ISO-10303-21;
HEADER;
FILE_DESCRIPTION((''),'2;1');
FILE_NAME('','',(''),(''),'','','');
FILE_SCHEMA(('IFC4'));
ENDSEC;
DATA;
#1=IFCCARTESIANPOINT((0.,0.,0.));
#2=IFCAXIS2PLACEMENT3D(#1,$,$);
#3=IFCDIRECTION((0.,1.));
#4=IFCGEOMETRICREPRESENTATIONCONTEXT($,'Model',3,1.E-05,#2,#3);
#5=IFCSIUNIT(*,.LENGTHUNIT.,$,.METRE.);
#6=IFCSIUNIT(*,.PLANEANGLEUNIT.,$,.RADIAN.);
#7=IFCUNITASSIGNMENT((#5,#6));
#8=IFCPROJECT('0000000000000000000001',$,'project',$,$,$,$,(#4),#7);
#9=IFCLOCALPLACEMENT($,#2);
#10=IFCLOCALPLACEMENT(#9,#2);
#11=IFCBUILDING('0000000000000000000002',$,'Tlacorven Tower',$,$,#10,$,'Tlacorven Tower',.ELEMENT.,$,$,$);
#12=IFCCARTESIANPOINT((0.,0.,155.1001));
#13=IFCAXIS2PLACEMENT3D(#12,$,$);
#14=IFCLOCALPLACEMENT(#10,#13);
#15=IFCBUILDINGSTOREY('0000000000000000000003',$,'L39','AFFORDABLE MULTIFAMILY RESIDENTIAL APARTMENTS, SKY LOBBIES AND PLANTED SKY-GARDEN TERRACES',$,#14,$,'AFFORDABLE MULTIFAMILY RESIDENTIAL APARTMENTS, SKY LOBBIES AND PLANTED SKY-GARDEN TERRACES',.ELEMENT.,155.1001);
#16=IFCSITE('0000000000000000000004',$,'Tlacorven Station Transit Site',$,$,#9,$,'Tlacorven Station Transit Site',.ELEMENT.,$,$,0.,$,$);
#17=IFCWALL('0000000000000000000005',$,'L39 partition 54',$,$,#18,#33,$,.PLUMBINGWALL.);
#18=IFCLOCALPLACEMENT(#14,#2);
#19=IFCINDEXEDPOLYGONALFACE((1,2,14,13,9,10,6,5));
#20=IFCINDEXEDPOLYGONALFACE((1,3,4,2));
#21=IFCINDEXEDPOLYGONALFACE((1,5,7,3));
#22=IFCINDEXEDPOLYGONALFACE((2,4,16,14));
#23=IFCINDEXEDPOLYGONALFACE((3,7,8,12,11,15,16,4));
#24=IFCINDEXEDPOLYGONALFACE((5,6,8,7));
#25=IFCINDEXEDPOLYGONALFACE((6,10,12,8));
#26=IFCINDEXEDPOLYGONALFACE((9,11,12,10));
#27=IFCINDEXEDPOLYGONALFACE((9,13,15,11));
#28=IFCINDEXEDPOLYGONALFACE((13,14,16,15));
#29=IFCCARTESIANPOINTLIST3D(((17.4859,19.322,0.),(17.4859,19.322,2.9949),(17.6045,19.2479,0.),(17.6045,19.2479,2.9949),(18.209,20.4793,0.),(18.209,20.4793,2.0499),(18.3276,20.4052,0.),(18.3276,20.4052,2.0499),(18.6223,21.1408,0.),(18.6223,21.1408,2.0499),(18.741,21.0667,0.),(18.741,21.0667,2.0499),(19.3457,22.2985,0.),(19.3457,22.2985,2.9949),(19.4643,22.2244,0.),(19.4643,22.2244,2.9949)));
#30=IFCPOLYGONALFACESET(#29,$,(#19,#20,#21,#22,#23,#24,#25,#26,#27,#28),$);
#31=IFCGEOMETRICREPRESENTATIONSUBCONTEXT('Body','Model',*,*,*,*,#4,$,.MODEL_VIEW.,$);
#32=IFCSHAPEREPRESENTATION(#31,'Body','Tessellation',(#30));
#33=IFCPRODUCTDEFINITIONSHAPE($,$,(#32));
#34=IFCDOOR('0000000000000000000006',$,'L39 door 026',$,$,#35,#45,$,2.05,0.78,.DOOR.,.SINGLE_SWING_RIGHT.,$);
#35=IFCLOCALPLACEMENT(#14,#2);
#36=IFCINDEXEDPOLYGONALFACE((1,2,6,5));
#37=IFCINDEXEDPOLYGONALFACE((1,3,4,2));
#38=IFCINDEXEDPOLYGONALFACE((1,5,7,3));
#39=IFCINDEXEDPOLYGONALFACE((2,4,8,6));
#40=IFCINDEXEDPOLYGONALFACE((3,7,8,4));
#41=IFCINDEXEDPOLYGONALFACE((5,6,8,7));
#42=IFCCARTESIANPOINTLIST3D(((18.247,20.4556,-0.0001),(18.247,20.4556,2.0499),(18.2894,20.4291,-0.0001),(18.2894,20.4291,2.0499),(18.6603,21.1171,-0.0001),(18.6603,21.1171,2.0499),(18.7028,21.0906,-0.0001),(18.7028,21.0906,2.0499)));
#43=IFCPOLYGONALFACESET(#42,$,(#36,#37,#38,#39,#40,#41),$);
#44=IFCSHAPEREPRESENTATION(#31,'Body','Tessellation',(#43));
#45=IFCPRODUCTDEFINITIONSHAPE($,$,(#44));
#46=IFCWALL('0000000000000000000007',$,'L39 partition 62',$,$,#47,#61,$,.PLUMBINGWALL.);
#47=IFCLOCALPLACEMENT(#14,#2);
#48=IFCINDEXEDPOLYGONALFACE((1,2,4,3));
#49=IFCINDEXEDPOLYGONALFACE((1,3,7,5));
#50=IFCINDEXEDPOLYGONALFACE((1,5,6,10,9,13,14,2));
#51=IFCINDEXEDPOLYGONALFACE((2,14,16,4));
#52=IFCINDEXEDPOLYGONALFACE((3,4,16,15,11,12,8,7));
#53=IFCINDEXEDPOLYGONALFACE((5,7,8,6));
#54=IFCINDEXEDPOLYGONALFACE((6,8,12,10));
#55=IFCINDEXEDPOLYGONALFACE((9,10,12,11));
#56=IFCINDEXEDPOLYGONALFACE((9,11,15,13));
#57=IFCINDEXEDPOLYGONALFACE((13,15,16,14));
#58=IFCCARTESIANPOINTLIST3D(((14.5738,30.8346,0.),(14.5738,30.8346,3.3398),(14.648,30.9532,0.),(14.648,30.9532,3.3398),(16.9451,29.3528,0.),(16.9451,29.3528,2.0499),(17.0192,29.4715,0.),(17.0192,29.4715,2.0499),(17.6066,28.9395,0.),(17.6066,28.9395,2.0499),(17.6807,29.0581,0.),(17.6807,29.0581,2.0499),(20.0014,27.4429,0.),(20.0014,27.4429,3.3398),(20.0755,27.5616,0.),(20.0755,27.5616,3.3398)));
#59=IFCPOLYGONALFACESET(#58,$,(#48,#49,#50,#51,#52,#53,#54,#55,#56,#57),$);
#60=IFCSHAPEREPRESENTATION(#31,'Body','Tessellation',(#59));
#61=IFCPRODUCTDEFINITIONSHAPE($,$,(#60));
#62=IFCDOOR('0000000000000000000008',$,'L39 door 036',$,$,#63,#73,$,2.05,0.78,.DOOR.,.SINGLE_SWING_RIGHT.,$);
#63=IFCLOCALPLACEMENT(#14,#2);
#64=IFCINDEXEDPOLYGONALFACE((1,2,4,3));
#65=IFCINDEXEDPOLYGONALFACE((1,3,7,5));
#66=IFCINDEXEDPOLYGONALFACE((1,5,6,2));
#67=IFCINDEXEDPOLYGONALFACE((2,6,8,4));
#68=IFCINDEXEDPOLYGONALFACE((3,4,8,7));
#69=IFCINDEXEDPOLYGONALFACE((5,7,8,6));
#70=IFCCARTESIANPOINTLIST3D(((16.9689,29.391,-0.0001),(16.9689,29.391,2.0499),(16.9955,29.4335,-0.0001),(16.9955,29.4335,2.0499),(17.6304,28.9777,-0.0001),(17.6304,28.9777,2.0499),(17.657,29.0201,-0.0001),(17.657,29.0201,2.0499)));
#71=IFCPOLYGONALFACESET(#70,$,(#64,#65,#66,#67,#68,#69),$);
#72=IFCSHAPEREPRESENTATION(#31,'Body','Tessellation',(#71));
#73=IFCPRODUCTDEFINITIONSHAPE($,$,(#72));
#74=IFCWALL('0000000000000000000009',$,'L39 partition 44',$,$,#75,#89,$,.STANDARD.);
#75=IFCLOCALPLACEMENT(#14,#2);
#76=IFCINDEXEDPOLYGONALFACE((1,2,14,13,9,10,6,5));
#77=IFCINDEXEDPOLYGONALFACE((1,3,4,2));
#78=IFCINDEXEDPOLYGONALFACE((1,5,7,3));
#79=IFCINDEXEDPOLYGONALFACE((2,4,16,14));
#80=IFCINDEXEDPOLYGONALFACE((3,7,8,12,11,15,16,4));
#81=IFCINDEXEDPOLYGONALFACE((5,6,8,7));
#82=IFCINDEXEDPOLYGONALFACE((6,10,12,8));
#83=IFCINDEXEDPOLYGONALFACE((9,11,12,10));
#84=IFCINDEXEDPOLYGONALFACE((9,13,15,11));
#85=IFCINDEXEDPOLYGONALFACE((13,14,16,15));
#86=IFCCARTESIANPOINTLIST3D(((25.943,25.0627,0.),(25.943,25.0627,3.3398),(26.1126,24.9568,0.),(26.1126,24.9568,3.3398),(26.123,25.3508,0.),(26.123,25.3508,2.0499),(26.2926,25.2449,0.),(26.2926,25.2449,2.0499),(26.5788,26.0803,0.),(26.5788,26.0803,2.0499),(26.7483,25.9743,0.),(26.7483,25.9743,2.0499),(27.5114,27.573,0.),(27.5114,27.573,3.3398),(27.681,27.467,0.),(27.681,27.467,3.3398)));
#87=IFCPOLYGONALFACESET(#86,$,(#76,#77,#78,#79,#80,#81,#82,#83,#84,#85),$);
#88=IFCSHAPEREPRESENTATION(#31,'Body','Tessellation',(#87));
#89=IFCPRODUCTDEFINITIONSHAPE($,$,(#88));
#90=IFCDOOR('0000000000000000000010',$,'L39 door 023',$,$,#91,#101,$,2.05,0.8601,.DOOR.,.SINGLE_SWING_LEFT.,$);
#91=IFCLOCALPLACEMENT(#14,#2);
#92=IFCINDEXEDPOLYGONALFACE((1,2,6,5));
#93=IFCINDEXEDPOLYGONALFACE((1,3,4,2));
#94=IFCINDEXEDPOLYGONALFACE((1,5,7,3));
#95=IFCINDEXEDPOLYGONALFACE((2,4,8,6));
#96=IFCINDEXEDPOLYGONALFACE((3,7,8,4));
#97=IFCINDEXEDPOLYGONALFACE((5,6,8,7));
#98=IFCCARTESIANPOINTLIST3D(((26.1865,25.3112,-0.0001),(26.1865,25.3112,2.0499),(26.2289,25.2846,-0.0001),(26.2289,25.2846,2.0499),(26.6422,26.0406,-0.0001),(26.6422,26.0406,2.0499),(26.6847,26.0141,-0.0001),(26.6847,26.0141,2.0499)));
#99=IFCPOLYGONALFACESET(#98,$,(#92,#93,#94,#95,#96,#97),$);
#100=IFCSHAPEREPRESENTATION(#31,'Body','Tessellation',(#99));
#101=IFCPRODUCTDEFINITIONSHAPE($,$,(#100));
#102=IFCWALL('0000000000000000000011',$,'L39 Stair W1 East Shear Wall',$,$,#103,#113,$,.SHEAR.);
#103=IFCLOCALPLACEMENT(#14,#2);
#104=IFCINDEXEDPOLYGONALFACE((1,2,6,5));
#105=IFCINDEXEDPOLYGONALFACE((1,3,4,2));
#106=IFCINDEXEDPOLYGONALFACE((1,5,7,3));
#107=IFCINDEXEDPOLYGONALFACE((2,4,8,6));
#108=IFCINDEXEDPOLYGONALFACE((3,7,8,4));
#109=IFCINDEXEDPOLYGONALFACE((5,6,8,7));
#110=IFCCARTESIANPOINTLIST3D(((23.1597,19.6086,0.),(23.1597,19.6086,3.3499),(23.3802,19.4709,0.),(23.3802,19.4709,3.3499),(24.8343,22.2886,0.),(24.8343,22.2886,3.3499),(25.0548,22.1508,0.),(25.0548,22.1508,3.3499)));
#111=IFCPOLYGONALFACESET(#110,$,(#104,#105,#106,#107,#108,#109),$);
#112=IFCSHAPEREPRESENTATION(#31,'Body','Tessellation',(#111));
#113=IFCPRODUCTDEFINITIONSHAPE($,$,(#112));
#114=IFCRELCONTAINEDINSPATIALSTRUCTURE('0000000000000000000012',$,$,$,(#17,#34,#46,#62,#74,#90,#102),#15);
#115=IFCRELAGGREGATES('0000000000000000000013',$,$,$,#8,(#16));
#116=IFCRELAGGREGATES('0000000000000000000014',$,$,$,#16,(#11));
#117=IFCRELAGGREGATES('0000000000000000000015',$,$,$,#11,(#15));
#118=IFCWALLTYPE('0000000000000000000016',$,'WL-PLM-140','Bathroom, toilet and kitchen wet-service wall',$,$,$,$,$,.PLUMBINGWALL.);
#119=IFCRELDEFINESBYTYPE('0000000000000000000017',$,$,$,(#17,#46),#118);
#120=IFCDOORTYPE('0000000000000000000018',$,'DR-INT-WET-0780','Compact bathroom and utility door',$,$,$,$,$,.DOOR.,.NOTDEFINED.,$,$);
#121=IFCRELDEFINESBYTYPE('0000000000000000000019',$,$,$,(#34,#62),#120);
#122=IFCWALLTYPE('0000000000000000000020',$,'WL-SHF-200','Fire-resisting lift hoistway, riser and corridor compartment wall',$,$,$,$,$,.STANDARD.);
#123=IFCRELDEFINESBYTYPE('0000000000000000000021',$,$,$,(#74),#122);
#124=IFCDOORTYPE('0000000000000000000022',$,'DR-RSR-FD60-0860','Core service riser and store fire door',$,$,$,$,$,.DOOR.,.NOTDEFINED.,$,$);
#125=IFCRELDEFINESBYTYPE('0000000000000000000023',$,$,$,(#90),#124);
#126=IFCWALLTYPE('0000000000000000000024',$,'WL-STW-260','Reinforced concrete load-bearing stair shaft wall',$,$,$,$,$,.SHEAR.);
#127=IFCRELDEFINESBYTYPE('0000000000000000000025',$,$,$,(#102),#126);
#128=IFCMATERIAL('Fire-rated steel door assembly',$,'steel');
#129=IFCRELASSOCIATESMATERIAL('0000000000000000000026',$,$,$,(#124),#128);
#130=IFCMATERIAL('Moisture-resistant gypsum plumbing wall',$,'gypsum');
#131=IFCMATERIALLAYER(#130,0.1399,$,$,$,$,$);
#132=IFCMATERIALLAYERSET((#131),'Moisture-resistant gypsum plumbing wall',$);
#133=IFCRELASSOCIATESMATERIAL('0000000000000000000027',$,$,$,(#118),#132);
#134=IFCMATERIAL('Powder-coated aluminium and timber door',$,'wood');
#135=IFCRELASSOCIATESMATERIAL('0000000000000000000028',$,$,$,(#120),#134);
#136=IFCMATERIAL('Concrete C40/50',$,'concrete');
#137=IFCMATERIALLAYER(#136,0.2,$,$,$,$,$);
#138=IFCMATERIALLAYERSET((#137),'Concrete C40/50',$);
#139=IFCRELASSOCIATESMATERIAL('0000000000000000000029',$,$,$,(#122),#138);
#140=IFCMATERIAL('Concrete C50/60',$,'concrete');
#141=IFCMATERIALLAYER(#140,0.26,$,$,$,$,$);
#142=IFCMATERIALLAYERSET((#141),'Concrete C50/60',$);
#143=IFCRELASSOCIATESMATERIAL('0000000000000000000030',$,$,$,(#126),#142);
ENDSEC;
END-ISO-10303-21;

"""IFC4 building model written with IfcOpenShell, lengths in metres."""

from ifc_helpers import new_model, si_unit, direction, frame, frame_2d, origin, place, context, subcontext, project, spatial, rectangle, extrude, source, transform, mapped, material, layer, layer_set, type_object, element, fill, save


model = new_model("IFC4")

# Units and contexts
model_context = context("Model", 3, precision=1e-05, world=origin(), true_north=direction((0.0, 1.0)))
body_context = subcontext(model_context, "Body", "Model", "MODEL_VIEW")
ifc_project = project(units=[si_unit("LENGTHUNIT", "METRE"), si_unit("PLANEANGLEUNIT", "RADIAN")], contexts=[model_context])

# Site, building, storey
site_placement = place(None, origin())
site = spatial("IfcSite", under=ifc_project, at=site_placement, Name="Tlacorven Station Transit Site", LongName="Tlacorven Station Transit Site", CompositionType="ELEMENT", RefElevation=0.0)
building_placement = place(site_placement, origin())
building = spatial("IfcBuilding", under=site, at=building_placement, Name="Tlacorven Tower", LongName="Tlacorven Tower", CompositionType="ELEMENT")
storey_placement = place(building_placement, frame((0.0, 0.0, 155.1001)))
storey = spatial("IfcBuildingStorey", under=building, at=storey_placement, Name="L39", Description="AFFORDABLE MULTIFAMILY RESIDENTIAL APARTMENTS, SKY LOBBIES AND PLANTED SKY-GARDEN TERRACES", LongName="AFFORDABLE MULTIFAMILY RESIDENTIAL APARTMENTS, SKY LOBBIES AND PLANTED SKY-GARDEN TERRACES", CompositionType="ELEMENT", Elevation=155.1001)

# Shared definitions
ifc_material_1 = material(Name="Fire-rated steel door assembly", Category="steel")
door_type_1 = type_object("IfcDoorType", Name="DR-RSR-FD60-0860", Description="Core service riser and store fire door", OperationType="NOTDEFINED", PredefinedType="DOOR", material=ifc_material_1)
shared_shape_1 = source(origin(), body_context, "Body", "SweptSolid", [
    extrude(rectangle(XDim=0.8601, YDim=2.05, at=frame_2d((0.4302, 1.0249))), frame((0.0, 0.0249, 0.0), z_axis=(0.0, -1.0, 0.0), x_axis=(1.0, 0.0, 0.0)), (0.0, 0.0, 1.0), 0.05),
])

# Walls, openings, doors
ifc_material_2 = material(Name="Moisture-resistant gypsum plumbing wall", Category="gypsum")
ifc_layer_1 = layer(ifc_material_2, 0.1399)
ifc_layer_set_1 = layer_set([ifc_layer_1], Name="Moisture-resistant gypsum plumbing wall")
wall_type_1 = type_object("IfcWallType", Name="WL-PLM-140", Description="Bathroom, toilet and kitchen wet-service wall", PredefinedType="PLUMBINGWALL", material=ifc_layer_set_1)
wall_1_placement = place(storey_placement, frame((19.405, 22.2615, 0.0), z_axis=(0.0, 0.0, 1.0), x_axis=(-0.529899, -0.848061, 0.0)))
wall_1 = element("IfcWall", 1, at=wall_1_placement, inside=storey, type_object=wall_type_1, Name="L39 partition 54", PredefinedType="PLUMBINGWALL", context=body_context, shape_type="SweptSolid", body=[
    extrude(rectangle(XDim=3.5098, YDim=0.1399, at=frame_2d((1.7549, 0.0))), origin(), (0.0, 0.0, 1.0), 2.9949),
])
opening_1_placement = place(wall_1_placement, frame((1.365, 0.0, 0.0)))
opening_1 = element("IfcOpeningElement", 2, at=opening_1_placement, cuts=wall_1, PredefinedType="OPENING", context=body_context, shape_type="SweptSolid", body=[
    extrude(rectangle(XDim=0.78, YDim=2.05, at=frame_2d((0.3901, 1.0249))), frame((0.0, 0.0801, 0.0), z_axis=(0.0, -1.0, 0.0), x_axis=(1.0, 0.0, 0.0)), (0.0, 0.0, 1.0), 0.1599),
])
ifc_material_3 = material(Name="Powder-coated aluminium and timber door", Category="wood")
door_type_2 = type_object("IfcDoorType", Name="DR-INT-WET-0780", Description="Compact bathroom and utility door", OperationType="NOTDEFINED", PredefinedType="DOOR", material=ifc_material_3)
shared_shape_2 = source(origin(), body_context, "Body", "SweptSolid", [
    extrude(rectangle(XDim=0.78, YDim=2.05, at=frame_2d((0.3901, 1.0249))), frame((0.0, 0.0249, 0.0), z_axis=(0.0, -1.0, 0.0), x_axis=(1.0, 0.0, 0.0)), (0.0, 0.0, 1.0), 0.05),
])
door_1_placement = place(opening_1_placement, origin())
door_1 = element("IfcDoor", 3, at=door_1_placement, inside=storey, type_object=door_type_2, Name="L39 door 026", OperationType="SINGLE_SWING_RIGHT", OverallHeight=2.05, OverallWidth=0.78, PredefinedType="DOOR", context=body_context, shape_type="MappedRepresentation", body=[
    mapped(shared_shape_2, transform((0.0, 0.0, 0.0), scale=1.0)),
])
fill(opening_1, door_1)
wall_2_placement = place(storey_placement, frame((20.0386, 27.5022, 0.0), z_axis=(0.0, 0.0, 1.0), x_axis=(-0.848039, 0.529934, 0.0)))
wall_2 = element("IfcWall", 4, at=wall_2_placement, inside=storey, type_object=wall_type_1, Name="L39 partition 62", PredefinedType="PLUMBINGWALL", context=body_context, shape_type="SweptSolid", body=[
    extrude(rectangle(XDim=6.4001, YDim=0.1399, at=frame_2d((3.2002, 0.0))), origin(), (0.0, 0.0, 1.0), 3.3398),
])
opening_2_placement = place(wall_2_placement, frame((2.824, 0.0, 0.0)))
opening_2 = element("IfcOpeningElement", 5, at=opening_2_placement, cuts=wall_2, PredefinedType="OPENING", context=body_context, shape_type="SweptSolid", body=[
    extrude(rectangle(XDim=0.78, YDim=2.05, at=frame_2d((0.3901, 1.0249))), frame((0.0, 0.0801, 0.0), z_axis=(0.0, -1.0, 0.0), x_axis=(1.0, 0.0, 0.0)), (0.0, 0.0, 1.0), 0.1599),
])
door_2_placement = place(opening_2_placement, origin())
door_2 = element("IfcDoor", 6, at=door_2_placement, inside=storey, type_object=door_type_2, Name="L39 door 036", OperationType="SINGLE_SWING_RIGHT", OverallHeight=2.05, OverallWidth=0.78, PredefinedType="DOOR", context=body_context, shape_type="MappedRepresentation", body=[
    mapped(shared_shape_2, transform((0.0, 0.0, 0.0), scale=1.0)),
])
fill(opening_2, door_2)
ifc_material_4 = material(Name="Concrete C40/50", Category="concrete")
ifc_layer_2 = layer(ifc_material_4, 0.2)
ifc_layer_set_2 = layer_set([ifc_layer_2], Name="Concrete C40/50")
wall_type_2 = type_object("IfcWallType", Name="WL-SHF-200", Description="Fire-resisting lift hoistway, riser and corridor compartment wall", PredefinedType="STANDARD", material=ifc_layer_set_2)
wall_3_placement = place(storey_placement, frame((27.5962, 27.52, 0.0), z_axis=(0.0, 0.0, 1.0), x_axis=(-0.529865, -0.848082, 0.0)))
wall_3 = element("IfcWall", 7, at=wall_3_placement, inside=storey, type_object=wall_type_2, Name="L39 partition 44", PredefinedType="STANDARD", context=body_context, shape_type="SweptSolid", body=[
    extrude(rectangle(XDim=2.96, YDim=0.2, at=frame_2d((1.48, 0.0))), origin(), (0.0, 0.0, 1.0), 3.3398),
])
opening_3_placement = place(wall_3_placement, frame((1.76, 0.0, 0.0)))
opening_3 = element("IfcOpeningElement", 8, at=opening_3_placement, cuts=wall_3, PredefinedType="OPENING", context=body_context, shape_type="SweptSolid", body=[
    extrude(rectangle(XDim=0.8601, YDim=2.05, at=frame_2d((0.4302, 1.0249))), frame((0.0, 0.1099, 0.0), z_axis=(0.0, -1.0, 0.0), x_axis=(1.0, 0.0, 0.0)), (0.0, 0.0, 1.0), 0.22),
])
door_3_placement = place(opening_3_placement, origin())
door_3 = element("IfcDoor", 9, at=door_3_placement, inside=storey, type_object=door_type_1, Name="L39 door 023", OperationType="SINGLE_SWING_LEFT", OverallHeight=2.05, OverallWidth=0.8601, PredefinedType="DOOR", context=body_context, shape_type="MappedRepresentation", body=[
    mapped(shared_shape_1, transform((0.0, 0.0, 0.0), scale=1.0)),
])
fill(opening_3, door_3)

# Wall
ifc_material_5 = material(Name="Concrete C50/60", Category="concrete")
ifc_layer_3 = layer(ifc_material_5, 0.26)
ifc_layer_set_3 = layer_set([ifc_layer_3], Name="Concrete C50/60")
wall_type_3 = type_object("IfcWallType", Name="WL-STW-260", Description="Reinforced concrete load-bearing stair shaft wall", PredefinedType="SHEAR", material=ifc_layer_set_3)
wall_4_placement = place(storey_placement, frame((24.9446, 22.2197, 0.0), z_axis=(0.0, 0.0, 1.0), x_axis=(-0.529909, -0.848055, 0.0)))
element("IfcWall", 10, at=wall_4_placement, inside=storey, type_object=wall_type_3, Name="L39 Stair W1 East Shear Wall", PredefinedType="SHEAR", context=body_context, shape_type="SweptSolid", body=[
    extrude(rectangle(XDim=3.1602, YDim=0.26, at=frame_2d((1.5801, 0.0))), origin(), (0.0, 0.0, 1.0), 3.3499),
])

save(model, "model.ifc")
